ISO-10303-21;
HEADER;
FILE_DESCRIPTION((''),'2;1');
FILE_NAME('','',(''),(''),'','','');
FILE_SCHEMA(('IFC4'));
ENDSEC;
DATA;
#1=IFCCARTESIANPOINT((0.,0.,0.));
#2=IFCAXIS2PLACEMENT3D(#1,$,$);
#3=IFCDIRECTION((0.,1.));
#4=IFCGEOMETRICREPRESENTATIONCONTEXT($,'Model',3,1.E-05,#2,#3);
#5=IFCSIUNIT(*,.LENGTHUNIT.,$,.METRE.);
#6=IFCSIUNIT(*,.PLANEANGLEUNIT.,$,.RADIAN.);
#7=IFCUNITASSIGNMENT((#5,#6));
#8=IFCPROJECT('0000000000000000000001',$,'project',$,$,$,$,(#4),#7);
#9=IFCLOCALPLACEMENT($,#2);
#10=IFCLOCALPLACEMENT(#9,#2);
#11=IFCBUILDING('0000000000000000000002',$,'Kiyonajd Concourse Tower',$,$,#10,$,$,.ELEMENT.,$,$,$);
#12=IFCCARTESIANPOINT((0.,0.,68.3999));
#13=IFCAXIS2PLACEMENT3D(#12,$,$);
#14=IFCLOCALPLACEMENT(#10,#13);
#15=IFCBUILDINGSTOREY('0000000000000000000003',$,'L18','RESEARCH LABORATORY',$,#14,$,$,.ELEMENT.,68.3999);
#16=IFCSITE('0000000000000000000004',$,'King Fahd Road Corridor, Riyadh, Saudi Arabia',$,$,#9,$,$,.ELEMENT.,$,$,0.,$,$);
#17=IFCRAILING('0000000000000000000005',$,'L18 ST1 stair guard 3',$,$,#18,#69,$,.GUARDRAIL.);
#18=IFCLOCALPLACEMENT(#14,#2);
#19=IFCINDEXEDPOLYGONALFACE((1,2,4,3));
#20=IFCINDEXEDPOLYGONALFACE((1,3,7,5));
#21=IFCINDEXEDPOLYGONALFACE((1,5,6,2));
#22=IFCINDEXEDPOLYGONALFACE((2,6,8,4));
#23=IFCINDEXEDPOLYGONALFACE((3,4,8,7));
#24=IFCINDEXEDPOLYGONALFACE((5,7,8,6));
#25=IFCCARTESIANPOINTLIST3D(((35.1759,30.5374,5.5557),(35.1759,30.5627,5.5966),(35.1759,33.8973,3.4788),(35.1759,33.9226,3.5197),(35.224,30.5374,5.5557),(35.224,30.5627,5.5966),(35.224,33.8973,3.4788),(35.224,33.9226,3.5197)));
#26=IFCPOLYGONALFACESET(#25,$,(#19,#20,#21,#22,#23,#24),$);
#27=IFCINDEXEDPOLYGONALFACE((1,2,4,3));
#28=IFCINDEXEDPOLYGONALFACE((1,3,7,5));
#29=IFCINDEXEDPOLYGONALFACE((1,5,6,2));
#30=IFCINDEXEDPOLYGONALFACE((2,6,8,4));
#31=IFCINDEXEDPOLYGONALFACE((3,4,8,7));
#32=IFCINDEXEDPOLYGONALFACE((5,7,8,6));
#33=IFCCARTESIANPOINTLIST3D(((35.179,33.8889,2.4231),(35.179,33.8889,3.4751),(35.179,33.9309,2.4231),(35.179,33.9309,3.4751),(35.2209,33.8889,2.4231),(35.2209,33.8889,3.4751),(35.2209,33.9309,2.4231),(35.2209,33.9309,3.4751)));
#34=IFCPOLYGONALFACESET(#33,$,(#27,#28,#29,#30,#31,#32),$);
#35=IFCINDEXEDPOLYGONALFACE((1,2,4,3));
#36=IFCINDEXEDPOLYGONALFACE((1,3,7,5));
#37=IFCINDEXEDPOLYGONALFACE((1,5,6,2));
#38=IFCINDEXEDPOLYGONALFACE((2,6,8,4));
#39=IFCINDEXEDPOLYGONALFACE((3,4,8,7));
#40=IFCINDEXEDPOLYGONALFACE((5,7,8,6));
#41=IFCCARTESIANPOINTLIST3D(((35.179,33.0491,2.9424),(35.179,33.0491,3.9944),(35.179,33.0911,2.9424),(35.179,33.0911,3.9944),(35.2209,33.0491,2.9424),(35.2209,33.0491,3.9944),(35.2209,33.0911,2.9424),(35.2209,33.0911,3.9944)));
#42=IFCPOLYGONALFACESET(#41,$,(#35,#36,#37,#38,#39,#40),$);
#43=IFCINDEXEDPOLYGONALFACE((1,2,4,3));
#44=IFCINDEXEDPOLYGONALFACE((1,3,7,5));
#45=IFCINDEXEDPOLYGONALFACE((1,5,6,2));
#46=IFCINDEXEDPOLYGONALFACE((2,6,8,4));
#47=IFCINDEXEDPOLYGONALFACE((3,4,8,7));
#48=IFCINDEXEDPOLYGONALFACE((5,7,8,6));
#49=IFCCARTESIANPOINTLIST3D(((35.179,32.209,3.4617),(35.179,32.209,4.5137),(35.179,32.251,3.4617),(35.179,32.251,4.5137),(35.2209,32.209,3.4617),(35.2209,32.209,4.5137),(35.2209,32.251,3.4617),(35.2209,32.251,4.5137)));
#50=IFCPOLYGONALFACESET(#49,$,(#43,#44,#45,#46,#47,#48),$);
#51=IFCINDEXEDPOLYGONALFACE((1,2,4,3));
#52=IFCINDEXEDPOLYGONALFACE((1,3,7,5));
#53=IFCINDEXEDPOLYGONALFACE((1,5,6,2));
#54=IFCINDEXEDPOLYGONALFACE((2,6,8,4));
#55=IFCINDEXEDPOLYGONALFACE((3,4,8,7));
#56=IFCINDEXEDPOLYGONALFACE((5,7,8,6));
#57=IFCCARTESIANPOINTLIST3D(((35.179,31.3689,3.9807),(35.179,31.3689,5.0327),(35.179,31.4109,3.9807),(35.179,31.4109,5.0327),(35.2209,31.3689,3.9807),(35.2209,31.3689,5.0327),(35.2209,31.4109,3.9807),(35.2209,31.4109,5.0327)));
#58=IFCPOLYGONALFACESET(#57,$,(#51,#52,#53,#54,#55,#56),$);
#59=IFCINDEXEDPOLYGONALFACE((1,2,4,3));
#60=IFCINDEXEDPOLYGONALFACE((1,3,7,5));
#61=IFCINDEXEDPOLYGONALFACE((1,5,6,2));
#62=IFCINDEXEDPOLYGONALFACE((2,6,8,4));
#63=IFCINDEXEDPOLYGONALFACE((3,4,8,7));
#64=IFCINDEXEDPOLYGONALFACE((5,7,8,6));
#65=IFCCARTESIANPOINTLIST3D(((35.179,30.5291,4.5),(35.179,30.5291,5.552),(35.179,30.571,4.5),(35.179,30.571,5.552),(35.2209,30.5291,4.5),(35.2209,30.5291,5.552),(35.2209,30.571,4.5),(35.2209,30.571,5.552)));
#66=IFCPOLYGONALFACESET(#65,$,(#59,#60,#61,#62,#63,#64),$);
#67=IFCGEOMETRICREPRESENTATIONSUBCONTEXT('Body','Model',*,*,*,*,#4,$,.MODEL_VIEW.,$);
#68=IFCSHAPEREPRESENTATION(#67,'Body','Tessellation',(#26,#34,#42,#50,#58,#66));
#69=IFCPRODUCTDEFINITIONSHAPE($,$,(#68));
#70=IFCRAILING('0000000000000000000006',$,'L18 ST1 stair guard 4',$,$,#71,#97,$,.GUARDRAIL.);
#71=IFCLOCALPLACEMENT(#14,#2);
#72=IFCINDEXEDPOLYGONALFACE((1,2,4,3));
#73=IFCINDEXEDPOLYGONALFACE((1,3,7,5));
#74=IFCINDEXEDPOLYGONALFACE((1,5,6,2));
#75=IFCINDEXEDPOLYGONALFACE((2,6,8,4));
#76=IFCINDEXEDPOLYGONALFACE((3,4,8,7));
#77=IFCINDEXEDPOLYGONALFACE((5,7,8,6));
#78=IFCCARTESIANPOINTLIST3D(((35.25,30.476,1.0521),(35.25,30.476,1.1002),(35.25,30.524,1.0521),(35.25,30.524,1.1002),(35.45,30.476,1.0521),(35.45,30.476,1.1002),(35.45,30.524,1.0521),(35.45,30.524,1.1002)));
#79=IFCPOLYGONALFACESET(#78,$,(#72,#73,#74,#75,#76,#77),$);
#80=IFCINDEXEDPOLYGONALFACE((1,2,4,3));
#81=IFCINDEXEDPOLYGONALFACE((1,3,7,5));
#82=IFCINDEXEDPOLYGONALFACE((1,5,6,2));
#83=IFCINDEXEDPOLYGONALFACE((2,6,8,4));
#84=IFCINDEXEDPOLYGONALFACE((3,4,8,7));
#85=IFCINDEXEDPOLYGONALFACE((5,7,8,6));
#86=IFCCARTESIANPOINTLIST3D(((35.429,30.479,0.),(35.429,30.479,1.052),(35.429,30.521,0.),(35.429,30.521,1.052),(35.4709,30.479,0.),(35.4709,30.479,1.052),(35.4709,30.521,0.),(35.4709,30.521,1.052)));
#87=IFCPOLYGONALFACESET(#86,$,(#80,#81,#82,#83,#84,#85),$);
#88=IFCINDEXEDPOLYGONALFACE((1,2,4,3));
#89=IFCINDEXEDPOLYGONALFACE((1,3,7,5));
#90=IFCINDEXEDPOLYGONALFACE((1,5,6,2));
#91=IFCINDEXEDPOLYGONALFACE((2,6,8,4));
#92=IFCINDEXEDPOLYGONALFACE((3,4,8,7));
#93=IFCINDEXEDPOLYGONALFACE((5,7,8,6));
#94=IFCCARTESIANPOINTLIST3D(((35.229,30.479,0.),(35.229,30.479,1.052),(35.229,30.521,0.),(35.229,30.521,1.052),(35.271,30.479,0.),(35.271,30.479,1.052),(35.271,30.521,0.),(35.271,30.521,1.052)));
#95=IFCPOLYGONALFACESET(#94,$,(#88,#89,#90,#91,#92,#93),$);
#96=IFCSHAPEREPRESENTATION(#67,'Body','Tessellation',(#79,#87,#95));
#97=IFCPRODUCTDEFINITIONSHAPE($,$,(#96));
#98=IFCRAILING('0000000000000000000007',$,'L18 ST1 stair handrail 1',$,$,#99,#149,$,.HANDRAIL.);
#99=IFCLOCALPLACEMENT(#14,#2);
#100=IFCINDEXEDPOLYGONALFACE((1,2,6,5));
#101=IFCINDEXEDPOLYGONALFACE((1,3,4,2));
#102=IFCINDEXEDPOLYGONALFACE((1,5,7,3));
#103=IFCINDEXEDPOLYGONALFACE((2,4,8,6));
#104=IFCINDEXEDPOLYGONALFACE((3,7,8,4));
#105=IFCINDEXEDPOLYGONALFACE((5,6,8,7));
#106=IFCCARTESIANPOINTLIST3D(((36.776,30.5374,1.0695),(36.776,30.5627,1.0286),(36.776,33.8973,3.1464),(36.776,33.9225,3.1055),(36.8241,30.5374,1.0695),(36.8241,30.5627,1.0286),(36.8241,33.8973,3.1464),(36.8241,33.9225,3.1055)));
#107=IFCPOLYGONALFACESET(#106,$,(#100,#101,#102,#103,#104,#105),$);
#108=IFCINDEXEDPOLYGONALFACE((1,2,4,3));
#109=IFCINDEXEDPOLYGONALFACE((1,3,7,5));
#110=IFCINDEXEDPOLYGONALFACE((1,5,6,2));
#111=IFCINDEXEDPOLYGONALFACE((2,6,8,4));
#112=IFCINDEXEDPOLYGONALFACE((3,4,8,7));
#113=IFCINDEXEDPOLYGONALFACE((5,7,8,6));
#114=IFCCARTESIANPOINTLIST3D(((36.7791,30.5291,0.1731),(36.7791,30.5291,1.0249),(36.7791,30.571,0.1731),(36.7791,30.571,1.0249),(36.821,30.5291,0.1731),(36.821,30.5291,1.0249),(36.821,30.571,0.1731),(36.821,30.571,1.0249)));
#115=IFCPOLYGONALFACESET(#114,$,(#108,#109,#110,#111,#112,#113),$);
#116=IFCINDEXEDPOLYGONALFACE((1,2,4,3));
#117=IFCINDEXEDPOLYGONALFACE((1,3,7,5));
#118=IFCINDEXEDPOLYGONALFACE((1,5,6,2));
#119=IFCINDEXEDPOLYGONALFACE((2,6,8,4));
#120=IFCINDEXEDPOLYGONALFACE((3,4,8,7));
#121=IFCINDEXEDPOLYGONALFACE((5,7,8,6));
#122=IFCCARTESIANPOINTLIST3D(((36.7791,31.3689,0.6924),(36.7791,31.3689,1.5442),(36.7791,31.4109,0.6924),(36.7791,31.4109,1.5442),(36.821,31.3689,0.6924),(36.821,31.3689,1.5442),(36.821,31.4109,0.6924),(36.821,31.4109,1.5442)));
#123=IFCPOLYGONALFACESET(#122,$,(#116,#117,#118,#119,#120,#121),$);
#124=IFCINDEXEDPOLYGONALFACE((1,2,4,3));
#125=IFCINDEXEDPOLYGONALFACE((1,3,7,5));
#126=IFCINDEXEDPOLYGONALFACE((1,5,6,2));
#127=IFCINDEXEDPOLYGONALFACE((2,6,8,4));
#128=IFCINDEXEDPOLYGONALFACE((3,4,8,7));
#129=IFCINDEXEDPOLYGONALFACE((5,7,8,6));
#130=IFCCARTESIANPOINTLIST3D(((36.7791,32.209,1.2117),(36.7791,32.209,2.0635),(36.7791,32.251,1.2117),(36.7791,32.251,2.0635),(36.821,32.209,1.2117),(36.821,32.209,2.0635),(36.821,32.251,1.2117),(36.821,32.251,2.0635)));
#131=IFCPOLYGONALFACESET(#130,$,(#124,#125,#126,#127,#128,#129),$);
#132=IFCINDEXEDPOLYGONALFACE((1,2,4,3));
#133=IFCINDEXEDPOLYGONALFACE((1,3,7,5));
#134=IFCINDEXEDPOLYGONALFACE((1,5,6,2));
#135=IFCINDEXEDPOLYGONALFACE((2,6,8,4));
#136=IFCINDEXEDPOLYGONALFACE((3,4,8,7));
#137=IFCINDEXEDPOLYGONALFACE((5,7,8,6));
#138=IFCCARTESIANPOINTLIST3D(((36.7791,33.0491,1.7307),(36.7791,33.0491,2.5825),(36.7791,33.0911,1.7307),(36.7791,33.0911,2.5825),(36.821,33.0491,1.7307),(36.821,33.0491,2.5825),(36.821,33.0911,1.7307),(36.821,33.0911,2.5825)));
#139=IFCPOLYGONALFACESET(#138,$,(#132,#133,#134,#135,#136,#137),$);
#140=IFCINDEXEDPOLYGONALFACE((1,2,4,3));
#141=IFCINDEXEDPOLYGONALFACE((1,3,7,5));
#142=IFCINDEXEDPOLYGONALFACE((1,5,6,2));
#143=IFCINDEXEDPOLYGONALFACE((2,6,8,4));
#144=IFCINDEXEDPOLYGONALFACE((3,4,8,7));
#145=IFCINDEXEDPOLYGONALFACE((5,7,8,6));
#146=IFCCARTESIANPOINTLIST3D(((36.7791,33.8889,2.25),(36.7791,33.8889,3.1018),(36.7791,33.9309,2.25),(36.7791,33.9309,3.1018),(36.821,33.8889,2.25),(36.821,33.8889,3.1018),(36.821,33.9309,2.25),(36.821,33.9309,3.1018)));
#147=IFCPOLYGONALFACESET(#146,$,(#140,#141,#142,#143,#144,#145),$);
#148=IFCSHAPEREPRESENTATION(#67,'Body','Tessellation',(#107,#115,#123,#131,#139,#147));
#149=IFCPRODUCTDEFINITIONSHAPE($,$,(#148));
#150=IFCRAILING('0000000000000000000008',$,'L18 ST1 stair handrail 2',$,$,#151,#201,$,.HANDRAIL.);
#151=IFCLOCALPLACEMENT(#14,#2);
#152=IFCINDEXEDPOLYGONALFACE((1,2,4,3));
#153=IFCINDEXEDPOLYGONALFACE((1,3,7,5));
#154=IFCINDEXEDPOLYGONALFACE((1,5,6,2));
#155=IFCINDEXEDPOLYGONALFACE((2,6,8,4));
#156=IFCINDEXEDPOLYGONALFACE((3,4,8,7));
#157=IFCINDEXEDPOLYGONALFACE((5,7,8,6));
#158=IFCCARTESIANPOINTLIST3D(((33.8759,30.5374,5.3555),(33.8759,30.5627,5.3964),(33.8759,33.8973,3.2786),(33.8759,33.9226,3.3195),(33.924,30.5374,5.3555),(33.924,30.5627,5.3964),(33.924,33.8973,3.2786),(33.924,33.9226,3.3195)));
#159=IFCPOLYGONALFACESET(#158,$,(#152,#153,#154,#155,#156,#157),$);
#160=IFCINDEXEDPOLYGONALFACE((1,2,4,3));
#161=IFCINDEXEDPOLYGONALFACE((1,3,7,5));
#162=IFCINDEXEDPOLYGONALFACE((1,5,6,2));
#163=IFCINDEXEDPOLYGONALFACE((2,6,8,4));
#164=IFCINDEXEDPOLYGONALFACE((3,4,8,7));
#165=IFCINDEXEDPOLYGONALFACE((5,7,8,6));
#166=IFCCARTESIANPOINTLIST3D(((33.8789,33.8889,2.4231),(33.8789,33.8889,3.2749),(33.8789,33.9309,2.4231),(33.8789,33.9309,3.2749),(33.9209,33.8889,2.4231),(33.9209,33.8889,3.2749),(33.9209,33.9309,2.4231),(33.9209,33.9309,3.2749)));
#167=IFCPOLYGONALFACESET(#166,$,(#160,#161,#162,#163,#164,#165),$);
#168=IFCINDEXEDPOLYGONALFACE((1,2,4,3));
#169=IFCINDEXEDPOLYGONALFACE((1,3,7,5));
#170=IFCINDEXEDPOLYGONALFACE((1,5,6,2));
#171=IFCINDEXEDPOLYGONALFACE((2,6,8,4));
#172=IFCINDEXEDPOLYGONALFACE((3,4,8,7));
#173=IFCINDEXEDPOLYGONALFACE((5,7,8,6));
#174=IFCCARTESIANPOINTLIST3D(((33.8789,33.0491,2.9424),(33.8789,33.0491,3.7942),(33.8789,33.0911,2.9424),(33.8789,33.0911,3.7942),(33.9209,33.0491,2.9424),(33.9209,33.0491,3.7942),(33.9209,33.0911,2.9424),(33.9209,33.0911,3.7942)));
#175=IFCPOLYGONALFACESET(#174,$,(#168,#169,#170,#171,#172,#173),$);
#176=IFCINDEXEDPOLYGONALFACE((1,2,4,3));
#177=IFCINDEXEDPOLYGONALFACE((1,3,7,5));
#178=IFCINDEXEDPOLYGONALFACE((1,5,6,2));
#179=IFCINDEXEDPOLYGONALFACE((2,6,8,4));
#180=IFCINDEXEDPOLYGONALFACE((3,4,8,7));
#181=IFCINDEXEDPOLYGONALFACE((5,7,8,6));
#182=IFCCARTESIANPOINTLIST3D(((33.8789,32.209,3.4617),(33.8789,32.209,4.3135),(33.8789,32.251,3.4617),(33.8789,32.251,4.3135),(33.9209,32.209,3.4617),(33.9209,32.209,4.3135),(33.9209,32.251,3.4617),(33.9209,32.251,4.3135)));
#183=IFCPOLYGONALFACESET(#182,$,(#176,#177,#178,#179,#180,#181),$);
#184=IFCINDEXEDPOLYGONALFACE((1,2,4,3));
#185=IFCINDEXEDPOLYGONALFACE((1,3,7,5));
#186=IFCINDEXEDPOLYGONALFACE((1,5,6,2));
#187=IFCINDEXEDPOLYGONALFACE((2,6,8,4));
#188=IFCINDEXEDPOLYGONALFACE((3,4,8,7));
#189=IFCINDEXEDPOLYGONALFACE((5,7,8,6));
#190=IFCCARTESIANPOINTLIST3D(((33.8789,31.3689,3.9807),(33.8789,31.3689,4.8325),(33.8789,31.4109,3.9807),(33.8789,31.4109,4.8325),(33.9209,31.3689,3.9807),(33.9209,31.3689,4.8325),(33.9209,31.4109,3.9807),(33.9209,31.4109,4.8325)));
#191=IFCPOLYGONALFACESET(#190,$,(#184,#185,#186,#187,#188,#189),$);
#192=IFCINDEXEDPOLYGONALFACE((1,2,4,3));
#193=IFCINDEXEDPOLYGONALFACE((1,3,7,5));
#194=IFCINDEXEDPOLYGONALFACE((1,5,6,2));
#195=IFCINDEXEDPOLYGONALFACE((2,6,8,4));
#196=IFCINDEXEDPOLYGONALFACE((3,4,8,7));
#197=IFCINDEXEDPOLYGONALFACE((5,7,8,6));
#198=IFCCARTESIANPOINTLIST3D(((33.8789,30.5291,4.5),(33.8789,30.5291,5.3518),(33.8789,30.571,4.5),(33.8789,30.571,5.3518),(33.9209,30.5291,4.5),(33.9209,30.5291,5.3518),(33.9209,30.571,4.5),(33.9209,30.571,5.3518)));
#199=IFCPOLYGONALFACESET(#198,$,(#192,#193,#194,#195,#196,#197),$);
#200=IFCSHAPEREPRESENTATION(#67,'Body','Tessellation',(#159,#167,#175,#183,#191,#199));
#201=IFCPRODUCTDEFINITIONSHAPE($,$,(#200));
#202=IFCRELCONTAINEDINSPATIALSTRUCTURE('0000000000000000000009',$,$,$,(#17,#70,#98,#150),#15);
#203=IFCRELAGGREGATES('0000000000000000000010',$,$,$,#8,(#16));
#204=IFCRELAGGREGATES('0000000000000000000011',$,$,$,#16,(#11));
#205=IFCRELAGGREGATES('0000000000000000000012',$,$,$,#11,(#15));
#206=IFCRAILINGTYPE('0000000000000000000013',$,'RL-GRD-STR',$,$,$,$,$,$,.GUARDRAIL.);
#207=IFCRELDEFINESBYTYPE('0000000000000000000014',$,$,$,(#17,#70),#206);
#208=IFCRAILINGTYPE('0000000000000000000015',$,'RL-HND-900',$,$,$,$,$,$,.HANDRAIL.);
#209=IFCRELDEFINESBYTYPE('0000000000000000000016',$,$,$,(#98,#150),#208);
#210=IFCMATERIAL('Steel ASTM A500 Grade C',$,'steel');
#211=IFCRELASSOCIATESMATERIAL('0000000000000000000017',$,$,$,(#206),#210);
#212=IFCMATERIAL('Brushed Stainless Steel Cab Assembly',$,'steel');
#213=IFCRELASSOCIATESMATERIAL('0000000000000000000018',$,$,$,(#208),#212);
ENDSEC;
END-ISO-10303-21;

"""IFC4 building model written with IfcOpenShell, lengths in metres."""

from ifc_helpers import new_model, si_unit, direction, frame, origin, origin_2d, place, context, subcontext, project, spatial, rectangle, extrude, material, type_object, element, save


model = new_model("IFC4")

# Units and contexts
model_context = context("Model", 3, precision=1e-05, world=origin(), true_north=direction((0.0, 1.0)))
body_context = subcontext(model_context, "Body", "Model", "MODEL_VIEW")
ifc_project = project(units=[si_unit("LENGTHUNIT", "METRE"), si_unit("PLANEANGLEUNIT", "RADIAN")], contexts=[model_context])

# Site, building, storey
site_placement = place(None, origin())
site = spatial("IfcSite", under=ifc_project, at=site_placement, Name="King Fahd Road Corridor, Riyadh, Saudi Arabia", CompositionType="ELEMENT", RefElevation=0.0)
building_placement = place(site_placement, origin())
building = spatial("IfcBuilding", under=site, at=building_placement, Name="Kiyonajd Concourse Tower", CompositionType="ELEMENT")
storey_placement = place(building_placement, frame((0.0, 0.0, 68.3999)))
storey = spatial("IfcBuildingStorey", under=building, at=storey_placement, Name="L18", Description="RESEARCH LABORATORY", CompositionType="ELEMENT", Elevation=68.3999)

# Shared definitions
ifc_material_1 = material(Name="Brushed Stainless Steel Cab Assembly", Category="steel")

# Railings
ifc_material_2 = material(Name="Steel ASTM A500 Grade C", Category="steel")
railing_type_1 = type_object("IfcRailingType", Name="RL-GRD-STR", PredefinedType="GUARDRAIL", material=ifc_material_2)
railing_1_placement = place(storey_placement, frame((35.2, 33.9099, 2.4231)))
element("IfcRailing", 1, at=railing_1_placement, inside=storey, type_object=railing_type_1, Name="L18 ST1 stair guard 3", PredefinedType="GUARDRAIL", context=body_context, shape_type="SweptSolid", body=[
    extrude(rectangle(XDim=0.0481, YDim=0.0481, at=origin_2d()), frame((0.0, 0.0, 1.0762), z_axis=(0.0, -0.850606, 0.525803), x_axis=(1.0, 0.0, 0.0)), (0.0, 0.0, 1.0), 3.95),
    extrude(rectangle(XDim=0.042, YDim=0.042, at=origin_2d()), origin(), (0.0, 0.0, 1.0), 1.052),
    extrude(rectangle(XDim=0.042, YDim=0.042, at=origin_2d()), frame((0.0, -0.8398, 0.5193)), (0.0, 0.0, 1.0), 1.052),
    extrude(rectangle(XDim=0.042, YDim=0.042, at=origin_2d()), frame((0.0, -1.6799, 1.0386)), (0.0, 0.0, 1.0), 1.052),
    extrude(rectangle(XDim=0.042, YDim=0.042, at=origin_2d()), frame((0.0, -2.52, 1.5576)), (0.0, 0.0, 1.0), 1.052),
    extrude(rectangle(XDim=0.042, YDim=0.042, at=origin_2d()), frame((0.0, -3.3599, 2.0769)), (0.0, 0.0, 1.0), 1.052),
])
railing_2_placement = place(storey_placement, frame((35.45, 30.5, 0.0)))
element("IfcRailing", 2, at=railing_2_placement, inside=storey, type_object=railing_type_1, Name="L18 ST1 stair guard 4", PredefinedType="GUARDRAIL", context=body_context, shape_type="SweptSolid", body=[
    extrude(rectangle(XDim=0.0481, YDim=0.0481, at=origin_2d()), frame((0.0, 0.0, 1.0762), z_axis=(-1.0, 0.0, 0.0), x_axis=(0.0, -1.0, 0.0)), (0.0, 0.0, 1.0), 0.2),
    extrude(rectangle(XDim=0.042, YDim=0.042, at=origin_2d()), origin(), (0.0, 0.0, 1.0), 1.052),
    extrude(rectangle(XDim=0.042, YDim=0.042, at=origin_2d()), frame((-0.2, 0.0, 0.0)), (0.0, 0.0, 1.0), 1.052),
])
railing_type_2 = type_object("IfcRailingType", Name="RL-HND-900", PredefinedType="HANDRAIL", material=ifc_material_1)
railing_3_placement = place(storey_placement, frame((36.8, 30.55, 0.1731)))
element("IfcRailing", 3, at=railing_3_placement, inside=storey, type_object=railing_type_2, Name="L18 ST1 stair handrail 1", PredefinedType="HANDRAIL", context=body_context, shape_type="SweptSolid", body=[
    extrude(rectangle(XDim=0.0481, YDim=0.0481, at=origin_2d()), frame((0.0, 0.0, 0.876), z_axis=(0.0, 0.850606, 0.525803), x_axis=(-1.0, 0.0, 0.0)), (0.0, 0.0, 1.0), 3.95),
    extrude(rectangle(XDim=0.042, YDim=0.042, at=origin_2d()), origin(), (0.0, 0.0, 1.0), 0.8518),
    extrude(rectangle(XDim=0.042, YDim=0.042, at=origin_2d()), frame((0.0, 0.8398, 0.5193)), (0.0, 0.0, 1.0), 0.8518),
    extrude(rectangle(XDim=0.042, YDim=0.042, at=origin_2d()), frame((0.0, 1.6799, 1.0386)), (0.0, 0.0, 1.0), 0.8518),
    extrude(rectangle(XDim=0.042, YDim=0.042, at=origin_2d()), frame((0.0, 2.52, 1.5576)), (0.0, 0.0, 1.0), 0.8518),
    extrude(rectangle(XDim=0.042, YDim=0.042, at=origin_2d()), frame((0.0, 3.3599, 2.0769)), (0.0, 0.0, 1.0), 0.8518),
])
railing_4_placement = place(storey_placement, frame((33.8999, 33.9099, 2.4231)))
element("IfcRailing", 4, at=railing_4_placement, inside=storey, type_object=railing_type_2, Name="L18 ST1 stair handrail 2", PredefinedType="HANDRAIL", context=body_context, shape_type="SweptSolid", body=[
    extrude(rectangle(XDim=0.0481, YDim=0.0481, at=origin_2d()), frame((0.0, 0.0, 0.876), z_axis=(0.0, -0.850606, 0.525803), x_axis=(1.0, 0.0, 0.0)), (0.0, 0.0, 1.0), 3.95),
    extrude(rectangle(XDim=0.042, YDim=0.042, at=origin_2d()), origin(), (0.0, 0.0, 1.0), 0.8518),
    extrude(rectangle(XDim=0.042, YDim=0.042, at=origin_2d()), frame((0.0, -0.8398, 0.5193)), (0.0, 0.0, 1.0), 0.8518),
    extrude(rectangle(XDim=0.042, YDim=0.042, at=origin_2d()), frame((0.0, -1.6799, 1.0386)), (0.0, 0.0, 1.0), 0.8518),
    extrude(rectangle(XDim=0.042, YDim=0.042, at=origin_2d()), frame((0.0, -2.52, 1.5576)), (0.0, 0.0, 1.0), 0.8518),
    extrude(rectangle(XDim=0.042, YDim=0.042, at=origin_2d()), frame((0.0, -3.3599, 2.0769)), (0.0, 0.0, 1.0), 0.8518),
])

save(model, "model.ifc")
